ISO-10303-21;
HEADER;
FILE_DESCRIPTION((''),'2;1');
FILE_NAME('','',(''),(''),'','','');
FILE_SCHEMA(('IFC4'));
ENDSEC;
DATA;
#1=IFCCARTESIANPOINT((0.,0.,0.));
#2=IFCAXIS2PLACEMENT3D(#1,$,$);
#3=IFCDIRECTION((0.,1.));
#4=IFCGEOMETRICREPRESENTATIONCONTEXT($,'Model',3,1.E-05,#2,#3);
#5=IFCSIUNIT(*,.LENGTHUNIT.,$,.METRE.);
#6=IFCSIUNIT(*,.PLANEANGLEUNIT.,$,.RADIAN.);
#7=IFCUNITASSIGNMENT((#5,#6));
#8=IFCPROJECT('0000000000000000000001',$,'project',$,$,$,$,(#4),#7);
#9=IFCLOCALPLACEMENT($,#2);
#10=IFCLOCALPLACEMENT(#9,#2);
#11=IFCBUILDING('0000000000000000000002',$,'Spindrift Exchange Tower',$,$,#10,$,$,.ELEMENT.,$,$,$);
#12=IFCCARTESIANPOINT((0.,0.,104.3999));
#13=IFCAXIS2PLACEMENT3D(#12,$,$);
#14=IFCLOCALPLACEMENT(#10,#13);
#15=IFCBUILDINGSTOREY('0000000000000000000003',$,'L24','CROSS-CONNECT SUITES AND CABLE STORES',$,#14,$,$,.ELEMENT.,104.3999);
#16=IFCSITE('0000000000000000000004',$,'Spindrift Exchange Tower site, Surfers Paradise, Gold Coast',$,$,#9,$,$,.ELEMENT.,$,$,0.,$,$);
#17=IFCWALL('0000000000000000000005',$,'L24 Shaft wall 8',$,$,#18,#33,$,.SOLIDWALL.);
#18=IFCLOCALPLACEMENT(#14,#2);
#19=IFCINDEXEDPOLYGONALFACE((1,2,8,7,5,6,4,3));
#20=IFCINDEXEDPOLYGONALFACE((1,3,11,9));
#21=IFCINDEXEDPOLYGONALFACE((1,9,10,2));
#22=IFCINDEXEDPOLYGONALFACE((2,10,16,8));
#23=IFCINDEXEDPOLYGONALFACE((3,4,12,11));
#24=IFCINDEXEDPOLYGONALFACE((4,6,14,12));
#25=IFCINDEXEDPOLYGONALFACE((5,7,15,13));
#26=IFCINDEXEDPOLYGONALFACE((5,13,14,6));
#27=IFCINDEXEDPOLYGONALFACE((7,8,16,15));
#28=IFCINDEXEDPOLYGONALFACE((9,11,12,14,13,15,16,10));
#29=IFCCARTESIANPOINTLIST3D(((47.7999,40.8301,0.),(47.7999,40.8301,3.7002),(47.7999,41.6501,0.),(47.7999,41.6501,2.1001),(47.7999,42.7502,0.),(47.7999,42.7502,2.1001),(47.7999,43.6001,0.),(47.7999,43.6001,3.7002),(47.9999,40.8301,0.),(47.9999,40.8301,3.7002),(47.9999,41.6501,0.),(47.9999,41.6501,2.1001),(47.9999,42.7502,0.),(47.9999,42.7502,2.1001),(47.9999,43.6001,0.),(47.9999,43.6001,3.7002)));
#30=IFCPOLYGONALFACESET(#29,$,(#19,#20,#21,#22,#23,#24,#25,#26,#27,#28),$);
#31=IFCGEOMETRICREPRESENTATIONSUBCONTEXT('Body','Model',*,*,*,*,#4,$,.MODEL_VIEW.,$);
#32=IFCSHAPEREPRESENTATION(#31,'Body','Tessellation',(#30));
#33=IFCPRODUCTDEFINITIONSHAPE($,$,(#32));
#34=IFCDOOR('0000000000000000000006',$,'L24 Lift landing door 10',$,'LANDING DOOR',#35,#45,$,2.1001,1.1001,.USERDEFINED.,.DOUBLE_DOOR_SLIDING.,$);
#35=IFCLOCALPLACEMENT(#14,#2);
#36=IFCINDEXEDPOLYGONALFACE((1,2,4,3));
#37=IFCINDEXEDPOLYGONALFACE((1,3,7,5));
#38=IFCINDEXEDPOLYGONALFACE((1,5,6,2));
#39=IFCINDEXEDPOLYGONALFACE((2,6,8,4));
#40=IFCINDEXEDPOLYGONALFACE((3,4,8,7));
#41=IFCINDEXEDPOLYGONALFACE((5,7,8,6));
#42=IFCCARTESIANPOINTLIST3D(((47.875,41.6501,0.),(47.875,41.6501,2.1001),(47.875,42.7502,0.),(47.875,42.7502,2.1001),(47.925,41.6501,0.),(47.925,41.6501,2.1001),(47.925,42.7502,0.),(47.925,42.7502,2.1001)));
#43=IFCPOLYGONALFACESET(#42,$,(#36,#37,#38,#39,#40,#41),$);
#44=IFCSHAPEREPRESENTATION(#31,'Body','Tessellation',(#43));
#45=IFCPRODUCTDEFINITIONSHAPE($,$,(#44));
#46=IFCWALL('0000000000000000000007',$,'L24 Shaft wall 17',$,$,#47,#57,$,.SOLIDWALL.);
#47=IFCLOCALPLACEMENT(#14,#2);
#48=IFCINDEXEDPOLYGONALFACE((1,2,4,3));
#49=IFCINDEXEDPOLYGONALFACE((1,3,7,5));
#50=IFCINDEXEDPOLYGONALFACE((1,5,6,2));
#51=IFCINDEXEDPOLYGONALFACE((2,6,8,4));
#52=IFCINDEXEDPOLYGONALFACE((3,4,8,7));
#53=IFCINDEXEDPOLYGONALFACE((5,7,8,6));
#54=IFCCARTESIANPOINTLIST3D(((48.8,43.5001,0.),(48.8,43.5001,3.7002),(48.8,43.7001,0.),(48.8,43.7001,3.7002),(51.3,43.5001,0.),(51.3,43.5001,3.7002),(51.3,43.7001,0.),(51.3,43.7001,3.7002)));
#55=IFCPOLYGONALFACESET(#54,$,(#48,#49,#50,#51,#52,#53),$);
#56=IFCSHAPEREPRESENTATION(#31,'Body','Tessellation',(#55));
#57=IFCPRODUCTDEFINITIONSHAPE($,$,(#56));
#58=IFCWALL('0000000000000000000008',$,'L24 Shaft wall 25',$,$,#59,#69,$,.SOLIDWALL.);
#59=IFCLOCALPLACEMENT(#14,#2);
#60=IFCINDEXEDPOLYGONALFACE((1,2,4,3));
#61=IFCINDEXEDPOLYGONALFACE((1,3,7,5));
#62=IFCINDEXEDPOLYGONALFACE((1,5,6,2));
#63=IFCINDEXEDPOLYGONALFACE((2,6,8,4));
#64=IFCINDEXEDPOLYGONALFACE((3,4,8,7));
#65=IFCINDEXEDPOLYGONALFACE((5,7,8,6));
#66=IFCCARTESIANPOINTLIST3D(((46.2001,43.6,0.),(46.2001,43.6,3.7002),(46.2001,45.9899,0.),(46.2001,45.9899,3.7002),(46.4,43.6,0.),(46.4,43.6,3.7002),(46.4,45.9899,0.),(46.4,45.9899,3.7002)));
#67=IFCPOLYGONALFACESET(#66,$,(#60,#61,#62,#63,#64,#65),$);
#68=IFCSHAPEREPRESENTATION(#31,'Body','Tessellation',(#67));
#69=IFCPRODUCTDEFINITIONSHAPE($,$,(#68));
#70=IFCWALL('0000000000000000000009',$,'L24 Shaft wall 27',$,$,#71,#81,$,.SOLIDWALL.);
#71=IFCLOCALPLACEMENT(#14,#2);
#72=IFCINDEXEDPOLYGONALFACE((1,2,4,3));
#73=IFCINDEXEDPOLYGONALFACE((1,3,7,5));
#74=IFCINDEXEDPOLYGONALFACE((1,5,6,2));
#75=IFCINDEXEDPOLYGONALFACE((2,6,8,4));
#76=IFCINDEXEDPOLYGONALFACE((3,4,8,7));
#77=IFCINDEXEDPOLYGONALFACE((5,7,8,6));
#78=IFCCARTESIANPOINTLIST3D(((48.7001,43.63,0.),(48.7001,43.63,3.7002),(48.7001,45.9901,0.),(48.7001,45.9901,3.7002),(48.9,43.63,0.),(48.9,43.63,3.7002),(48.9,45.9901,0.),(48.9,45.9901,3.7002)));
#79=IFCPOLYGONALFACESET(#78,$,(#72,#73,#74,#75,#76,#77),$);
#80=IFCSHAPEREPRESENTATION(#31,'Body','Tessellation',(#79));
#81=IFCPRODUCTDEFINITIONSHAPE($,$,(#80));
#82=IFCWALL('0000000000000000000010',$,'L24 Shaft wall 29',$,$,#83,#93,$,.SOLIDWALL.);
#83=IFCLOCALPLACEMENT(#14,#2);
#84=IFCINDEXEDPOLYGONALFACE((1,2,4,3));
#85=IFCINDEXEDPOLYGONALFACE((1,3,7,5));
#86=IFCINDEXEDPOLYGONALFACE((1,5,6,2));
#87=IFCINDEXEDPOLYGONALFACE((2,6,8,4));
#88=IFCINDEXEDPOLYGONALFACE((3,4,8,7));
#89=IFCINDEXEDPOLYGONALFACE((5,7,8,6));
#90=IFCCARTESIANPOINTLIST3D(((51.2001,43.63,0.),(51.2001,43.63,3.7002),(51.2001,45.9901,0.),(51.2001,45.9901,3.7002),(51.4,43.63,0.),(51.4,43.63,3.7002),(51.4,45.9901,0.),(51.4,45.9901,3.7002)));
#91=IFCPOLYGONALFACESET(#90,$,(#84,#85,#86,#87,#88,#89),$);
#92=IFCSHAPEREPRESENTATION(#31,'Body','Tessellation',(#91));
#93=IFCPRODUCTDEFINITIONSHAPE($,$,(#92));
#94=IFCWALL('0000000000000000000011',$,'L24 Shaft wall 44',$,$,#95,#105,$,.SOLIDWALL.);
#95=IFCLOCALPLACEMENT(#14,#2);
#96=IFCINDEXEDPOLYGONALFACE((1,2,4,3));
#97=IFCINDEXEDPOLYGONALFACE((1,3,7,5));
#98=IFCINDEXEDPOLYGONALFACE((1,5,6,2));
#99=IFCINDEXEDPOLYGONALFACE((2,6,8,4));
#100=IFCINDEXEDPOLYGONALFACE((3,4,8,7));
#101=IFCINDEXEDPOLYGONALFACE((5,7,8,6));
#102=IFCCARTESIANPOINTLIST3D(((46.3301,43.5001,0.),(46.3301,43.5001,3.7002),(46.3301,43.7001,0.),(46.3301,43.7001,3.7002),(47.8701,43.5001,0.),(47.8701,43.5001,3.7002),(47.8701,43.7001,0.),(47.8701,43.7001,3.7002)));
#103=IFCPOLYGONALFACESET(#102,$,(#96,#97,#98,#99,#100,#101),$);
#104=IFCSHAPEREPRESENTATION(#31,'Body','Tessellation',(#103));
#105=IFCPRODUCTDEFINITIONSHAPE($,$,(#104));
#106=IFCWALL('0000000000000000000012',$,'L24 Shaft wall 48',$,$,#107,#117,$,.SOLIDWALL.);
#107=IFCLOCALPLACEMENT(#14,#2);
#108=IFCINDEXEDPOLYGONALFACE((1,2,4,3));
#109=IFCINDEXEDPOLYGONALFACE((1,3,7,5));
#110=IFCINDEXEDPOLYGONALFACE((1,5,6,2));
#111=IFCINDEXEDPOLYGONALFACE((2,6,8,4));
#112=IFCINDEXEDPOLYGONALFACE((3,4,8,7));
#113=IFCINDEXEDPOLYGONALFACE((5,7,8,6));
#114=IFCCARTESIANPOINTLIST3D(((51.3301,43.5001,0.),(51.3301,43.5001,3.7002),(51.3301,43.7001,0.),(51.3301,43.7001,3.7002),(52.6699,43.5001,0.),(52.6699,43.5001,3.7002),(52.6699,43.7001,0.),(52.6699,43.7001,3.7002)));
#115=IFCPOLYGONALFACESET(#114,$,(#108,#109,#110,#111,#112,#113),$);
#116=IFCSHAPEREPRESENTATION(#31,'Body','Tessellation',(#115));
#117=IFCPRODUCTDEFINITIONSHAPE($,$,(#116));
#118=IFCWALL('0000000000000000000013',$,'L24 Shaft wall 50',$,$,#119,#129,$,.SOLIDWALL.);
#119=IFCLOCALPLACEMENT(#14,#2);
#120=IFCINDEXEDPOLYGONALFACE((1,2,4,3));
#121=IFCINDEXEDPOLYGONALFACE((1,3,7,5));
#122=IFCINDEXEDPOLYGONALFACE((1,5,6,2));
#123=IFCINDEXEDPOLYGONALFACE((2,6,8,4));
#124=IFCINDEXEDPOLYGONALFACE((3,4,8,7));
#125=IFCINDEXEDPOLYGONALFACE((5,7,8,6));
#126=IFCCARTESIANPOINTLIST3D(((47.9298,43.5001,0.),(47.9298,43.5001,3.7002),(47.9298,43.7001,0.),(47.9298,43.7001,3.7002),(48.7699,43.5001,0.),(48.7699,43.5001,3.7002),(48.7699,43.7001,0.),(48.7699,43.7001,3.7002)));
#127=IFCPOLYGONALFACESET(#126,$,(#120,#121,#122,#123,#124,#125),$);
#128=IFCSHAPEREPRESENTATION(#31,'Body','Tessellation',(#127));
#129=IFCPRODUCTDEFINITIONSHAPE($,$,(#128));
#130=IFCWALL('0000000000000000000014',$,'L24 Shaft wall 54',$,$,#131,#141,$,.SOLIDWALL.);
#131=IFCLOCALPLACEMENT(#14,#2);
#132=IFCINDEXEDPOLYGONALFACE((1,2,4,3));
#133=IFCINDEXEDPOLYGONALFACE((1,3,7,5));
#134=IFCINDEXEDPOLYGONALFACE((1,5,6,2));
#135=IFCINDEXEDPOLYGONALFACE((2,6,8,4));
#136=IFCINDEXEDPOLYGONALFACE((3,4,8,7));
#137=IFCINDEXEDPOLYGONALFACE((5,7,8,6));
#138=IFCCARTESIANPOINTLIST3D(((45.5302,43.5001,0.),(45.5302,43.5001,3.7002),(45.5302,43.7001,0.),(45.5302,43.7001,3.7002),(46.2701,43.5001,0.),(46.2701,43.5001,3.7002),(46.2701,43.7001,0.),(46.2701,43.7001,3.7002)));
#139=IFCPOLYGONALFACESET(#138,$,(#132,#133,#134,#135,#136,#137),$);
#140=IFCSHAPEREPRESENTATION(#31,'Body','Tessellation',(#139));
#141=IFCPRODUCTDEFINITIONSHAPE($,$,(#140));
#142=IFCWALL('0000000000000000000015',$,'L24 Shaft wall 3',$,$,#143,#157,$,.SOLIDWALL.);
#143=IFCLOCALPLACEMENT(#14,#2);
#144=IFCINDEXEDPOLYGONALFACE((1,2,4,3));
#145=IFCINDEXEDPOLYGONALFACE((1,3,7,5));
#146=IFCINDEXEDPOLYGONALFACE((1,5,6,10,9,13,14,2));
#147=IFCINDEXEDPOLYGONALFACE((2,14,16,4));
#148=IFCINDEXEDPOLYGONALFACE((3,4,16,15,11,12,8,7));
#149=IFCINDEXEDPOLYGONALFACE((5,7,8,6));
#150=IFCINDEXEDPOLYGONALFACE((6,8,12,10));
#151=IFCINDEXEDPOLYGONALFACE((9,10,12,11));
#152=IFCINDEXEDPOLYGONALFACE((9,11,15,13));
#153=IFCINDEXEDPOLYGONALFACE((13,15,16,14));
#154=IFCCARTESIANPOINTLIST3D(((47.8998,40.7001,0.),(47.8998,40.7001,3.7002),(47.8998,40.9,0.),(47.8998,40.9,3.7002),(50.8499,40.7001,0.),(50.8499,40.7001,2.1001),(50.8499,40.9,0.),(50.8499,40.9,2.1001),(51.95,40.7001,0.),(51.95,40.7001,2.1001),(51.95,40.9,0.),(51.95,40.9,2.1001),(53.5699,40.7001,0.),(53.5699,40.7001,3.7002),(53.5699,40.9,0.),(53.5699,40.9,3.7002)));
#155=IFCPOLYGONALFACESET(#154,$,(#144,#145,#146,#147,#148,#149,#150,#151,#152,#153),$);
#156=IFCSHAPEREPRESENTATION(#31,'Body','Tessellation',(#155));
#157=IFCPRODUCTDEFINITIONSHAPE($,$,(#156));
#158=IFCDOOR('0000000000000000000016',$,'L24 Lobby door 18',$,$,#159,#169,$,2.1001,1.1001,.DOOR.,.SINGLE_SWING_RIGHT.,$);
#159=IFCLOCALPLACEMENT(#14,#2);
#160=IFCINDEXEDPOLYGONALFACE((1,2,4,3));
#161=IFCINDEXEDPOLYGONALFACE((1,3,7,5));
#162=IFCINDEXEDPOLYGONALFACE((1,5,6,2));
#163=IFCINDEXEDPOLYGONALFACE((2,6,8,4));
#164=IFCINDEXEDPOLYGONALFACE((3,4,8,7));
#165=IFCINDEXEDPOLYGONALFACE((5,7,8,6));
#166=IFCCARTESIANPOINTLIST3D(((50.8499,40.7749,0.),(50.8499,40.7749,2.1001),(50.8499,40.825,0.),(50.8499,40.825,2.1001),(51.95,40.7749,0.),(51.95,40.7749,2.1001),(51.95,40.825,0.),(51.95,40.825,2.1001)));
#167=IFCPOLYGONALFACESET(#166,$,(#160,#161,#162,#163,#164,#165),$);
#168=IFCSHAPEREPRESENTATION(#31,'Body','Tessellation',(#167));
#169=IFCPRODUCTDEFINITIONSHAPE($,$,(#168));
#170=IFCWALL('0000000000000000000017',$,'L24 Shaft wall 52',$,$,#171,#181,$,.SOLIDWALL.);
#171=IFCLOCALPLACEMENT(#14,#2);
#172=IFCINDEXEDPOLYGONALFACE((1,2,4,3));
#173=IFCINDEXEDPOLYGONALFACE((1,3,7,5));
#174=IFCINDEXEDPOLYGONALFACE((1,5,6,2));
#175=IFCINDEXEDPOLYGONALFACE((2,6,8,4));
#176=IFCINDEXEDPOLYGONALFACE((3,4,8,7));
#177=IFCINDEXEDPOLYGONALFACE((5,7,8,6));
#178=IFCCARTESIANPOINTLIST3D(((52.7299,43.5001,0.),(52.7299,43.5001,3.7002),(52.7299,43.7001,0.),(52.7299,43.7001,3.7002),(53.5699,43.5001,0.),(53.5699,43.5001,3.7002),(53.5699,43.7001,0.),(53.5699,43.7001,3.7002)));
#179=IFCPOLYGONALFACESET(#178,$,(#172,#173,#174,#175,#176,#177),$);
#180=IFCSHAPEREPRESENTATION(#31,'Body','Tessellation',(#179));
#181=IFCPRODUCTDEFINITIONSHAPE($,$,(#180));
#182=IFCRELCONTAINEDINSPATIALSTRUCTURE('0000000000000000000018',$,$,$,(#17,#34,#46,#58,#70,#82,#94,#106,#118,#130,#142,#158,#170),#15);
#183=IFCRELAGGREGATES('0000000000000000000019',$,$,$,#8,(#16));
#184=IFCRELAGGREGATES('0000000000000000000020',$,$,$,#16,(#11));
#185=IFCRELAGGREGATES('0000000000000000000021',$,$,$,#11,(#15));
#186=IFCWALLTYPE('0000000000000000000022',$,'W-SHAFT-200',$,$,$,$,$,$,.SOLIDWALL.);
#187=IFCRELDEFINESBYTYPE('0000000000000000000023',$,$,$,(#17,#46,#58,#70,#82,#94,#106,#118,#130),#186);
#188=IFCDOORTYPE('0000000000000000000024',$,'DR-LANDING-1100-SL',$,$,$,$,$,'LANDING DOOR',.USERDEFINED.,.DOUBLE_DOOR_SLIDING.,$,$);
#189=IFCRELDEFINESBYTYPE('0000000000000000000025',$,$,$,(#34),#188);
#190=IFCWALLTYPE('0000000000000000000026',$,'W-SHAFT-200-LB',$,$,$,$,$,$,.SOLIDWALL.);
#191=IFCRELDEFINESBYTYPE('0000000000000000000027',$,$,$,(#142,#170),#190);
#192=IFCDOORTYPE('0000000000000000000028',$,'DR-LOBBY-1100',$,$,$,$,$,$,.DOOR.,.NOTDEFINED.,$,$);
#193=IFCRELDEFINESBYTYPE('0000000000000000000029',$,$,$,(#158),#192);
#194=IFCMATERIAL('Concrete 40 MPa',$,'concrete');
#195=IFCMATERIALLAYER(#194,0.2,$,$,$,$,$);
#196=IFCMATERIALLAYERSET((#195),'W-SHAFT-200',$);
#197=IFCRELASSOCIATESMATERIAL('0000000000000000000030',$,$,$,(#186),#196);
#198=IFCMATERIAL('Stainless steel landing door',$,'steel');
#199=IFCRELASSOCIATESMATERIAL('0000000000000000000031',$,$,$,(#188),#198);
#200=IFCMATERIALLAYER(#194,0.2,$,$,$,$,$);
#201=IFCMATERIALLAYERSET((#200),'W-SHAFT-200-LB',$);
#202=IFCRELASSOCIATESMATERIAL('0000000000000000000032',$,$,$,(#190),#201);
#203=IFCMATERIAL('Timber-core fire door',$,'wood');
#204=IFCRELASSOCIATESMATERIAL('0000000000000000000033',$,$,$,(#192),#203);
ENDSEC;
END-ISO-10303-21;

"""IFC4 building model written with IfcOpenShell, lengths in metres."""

from ifc_helpers import new_model, si_unit, direction, frame, frame_2d, origin, place, context, subcontext, project, spatial, rectangle, extrude, source, transform, mapped, material, layer, layer_set, type_object, element, fill, save


model = new_model("IFC4")

# Units and contexts
model_context = context("Model", 3, precision=1e-05, world=origin(), true_north=direction((0.0, 1.0)))
body_context = subcontext(model_context, "Body", "Model", "MODEL_VIEW")
ifc_project = project(units=[si_unit("LENGTHUNIT", "METRE"), si_unit("PLANEANGLEUNIT", "RADIAN")], contexts=[model_context])

# Site, building, storey
site_placement = place(None, origin())
site = spatial("IfcSite", under=ifc_project, at=site_placement, Name="Spindrift Exchange Tower site, Surfers Paradise, Gold Coast", CompositionType="ELEMENT", RefElevation=0.0)
building_placement = place(site_placement, origin())
building = spatial("IfcBuilding", under=site, at=building_placement, Name="Spindrift Exchange Tower", CompositionType="ELEMENT")
storey_placement = place(building_placement, frame((0.0, 0.0, 104.3999)))
storey = spatial("IfcBuildingStorey", under=building, at=storey_placement, Name="L24", Description="CROSS-CONNECT SUITES AND CABLE STORES", CompositionType="ELEMENT", Elevation=104.3999)

# Wall, opening, door
ifc_material_1 = material(Name="Concrete 40 MPa", Category="concrete")
ifc_layer_1 = layer(ifc_material_1, 0.2)
ifc_layer_set_1 = layer_set([ifc_layer_1], Name="W-SHAFT-200")
wall_type_1 = type_object("IfcWallType", Name="W-SHAFT-200", PredefinedType="SOLIDWALL", material=ifc_layer_set_1)
wall_1_placement = place(storey_placement, frame((47.8999, 40.8301, 0.0), z_axis=(0.0, 0.0, 1.0), x_axis=(0.0, 1.0, 0.0)))
wall_1 = element("IfcWall", 1, at=wall_1_placement, inside=storey, type_object=wall_type_1, Name="L24 Shaft wall 8", PredefinedType="SOLIDWALL", context=body_context, shape_type="SweptSolid", body=[
    extrude(rectangle(XDim=2.77, YDim=0.2, at=frame_2d((1.385, 0.0))), origin(), (0.0, 0.0, 1.0), 3.7002),
])
opening_1_placement = place(wall_1_placement, frame((0.8201, 0.0, 0.0)))
opening_1 = element("IfcOpeningElement", 2, at=opening_1_placement, cuts=wall_1, PredefinedType="OPENING", context=body_context, shape_type="SweptSolid", body=[
    extrude(rectangle(XDim=1.1001, YDim=2.1001, at=frame_2d((0.55, 1.05))), frame((0.0, 0.1099, 0.0), z_axis=(0.0, -1.0, 0.0), x_axis=(1.0, 0.0, 0.0)), (0.0, 0.0, 1.0), 0.22),
])
ifc_material_2 = material(Name="Stainless steel landing door", Category="steel")
door_type_1 = type_object("IfcDoorType", Name="DR-LANDING-1100-SL", ElementType="LANDING DOOR", OperationType="DOUBLE_DOOR_SLIDING", PredefinedType="USERDEFINED", material=ifc_material_2)
shared_shape_1 = source(origin(), body_context, "Body", "SweptSolid", [
    extrude(rectangle(XDim=1.1001, YDim=2.1001, at=frame_2d((0.55, 1.05))), frame((0.0, 0.0249, 0.0), z_axis=(0.0, -1.0, 0.0), x_axis=(1.0, 0.0, 0.0)), (0.0, 0.0, 1.0), 0.05),
])
door_1_placement = place(opening_1_placement, origin())
door_1 = element("IfcDoor", 3, at=door_1_placement, inside=storey, type_object=door_type_1, Name="L24 Lift landing door 10", ObjectType="LANDING DOOR", OperationType="DOUBLE_DOOR_SLIDING", OverallHeight=2.1001, OverallWidth=1.1001, PredefinedType="USERDEFINED", context=body_context, shape_type="MappedRepresentation", body=[
    mapped(shared_shape_1, transform((0.0, 0.0, 0.0), scale=1.0)),
])
fill(opening_1, door_1)

# Walls
wall_2_placement = place(storey_placement, frame((48.8, 43.6001, 0.0), z_axis=(0.0, 0.0, 1.0), x_axis=(1.0, 0.0, 0.0)))
element("IfcWall", 4, at=wall_2_placement, inside=storey, type_object=wall_type_1, Name="L24 Shaft wall 17", PredefinedType="SOLIDWALL", context=body_context, shape_type="SweptSolid", body=[
    extrude(rectangle(XDim=2.5, YDim=0.2, at=frame_2d((1.25, 0.0))), origin(), (0.0, 0.0, 1.0), 3.7002),
])
wall_3_placement = place(storey_placement, frame((46.3, 43.6001, 0.0), z_axis=(0.0, 0.0, 1.0), x_axis=(0.0, 1.0, 0.0)))
element("IfcWall", 5, at=wall_3_placement, inside=storey, type_object=wall_type_1, Name="L24 Shaft wall 25", PredefinedType="SOLIDWALL", context=body_context, shape_type="SweptSolid", body=[
    extrude(rectangle(XDim=2.3899, YDim=0.2, at=frame_2d((1.1948, 0.0))), origin(), (0.0, 0.0, 1.0), 3.7002),
])
for number, where, z_axis, x_axis, name in (
    (6, (48.8, 43.6299, 0.0), (0.0, 0.0, 1.0), (0.0, 1.0, 0.0), "L24 Shaft wall 27"),
    (7, (51.3, 43.6299, 0.0), (0.0, 0.0, 1.0), (0.0, 1.0, 0.0), "L24 Shaft wall 29"),
):
    element("IfcWall", number, at=place(storey_placement, frame(where, z_axis=z_axis, x_axis=x_axis)), inside=storey, type_object=wall_type_1, Name=name, PredefinedType="SOLIDWALL", context=body_context, shape_type="SweptSolid", body=[
        extrude(rectangle(XDim=2.3601, YDim=0.2, at=frame_2d((1.1802, 0.0))), origin(), (0.0, 0.0, 1.0), 3.7002),
    ])
wall_4_placement = place(storey_placement, frame((46.3301, 43.6001, 0.0), z_axis=(0.0, 0.0, 1.0), x_axis=(1.0, 0.0, 0.0)))
element("IfcWall", 8, at=wall_4_placement, inside=storey, type_object=wall_type_1, Name="L24 Shaft wall 44", PredefinedType="SOLIDWALL", context=body_context, shape_type="SweptSolid", body=[
    extrude(rectangle(XDim=1.54, YDim=0.2, at=frame_2d((0.77, 0.0))), origin(), (0.0, 0.0, 1.0), 3.7002),
])
wall_5_placement = place(storey_placement, frame((52.6699, 43.6001, 0.0), z_axis=(0.0, 0.0, 1.0), x_axis=(-1.0, 0.0, 0.0)))
element("IfcWall", 9, at=wall_5_placement, inside=storey, type_object=wall_type_1, Name="L24 Shaft wall 48", PredefinedType="SOLIDWALL", context=body_context, shape_type="SweptSolid", body=[
    extrude(rectangle(XDim=1.3398, YDim=0.2, at=frame_2d((0.6699, 0.0))), origin(), (0.0, 0.0, 1.0), 3.7002),
])
wall_6_placement = place(storey_placement, frame((47.9299, 43.6001, 0.0), z_axis=(0.0, 0.0, 1.0), x_axis=(1.0, 0.0, 0.0)))
element("IfcWall", 10, at=wall_6_placement, inside=storey, type_object=wall_type_1, Name="L24 Shaft wall 50", PredefinedType="SOLIDWALL", context=body_context, shape_type="SweptSolid", body=[
    extrude(rectangle(XDim=0.8401, YDim=0.2, at=frame_2d((0.4199, 0.0))), origin(), (0.0, 0.0, 1.0), 3.7002),
])
wall_7_placement = place(storey_placement, frame((45.53, 43.6001, 0.0), z_axis=(0.0, 0.0, 1.0), x_axis=(1.0, 0.0, 0.0)))
element("IfcWall", 11, at=wall_7_placement, inside=storey, type_object=wall_type_1, Name="L24 Shaft wall 54", PredefinedType="SOLIDWALL", context=body_context, shape_type="SweptSolid", body=[
    extrude(rectangle(XDim=0.74, YDim=0.2, at=frame_2d((0.3701, 0.0))), origin(), (0.0, 0.0, 1.0), 3.7002),
])

# Wall, opening, door
ifc_layer_2 = layer(ifc_material_1, 0.2)
ifc_layer_set_2 = layer_set([ifc_layer_2], Name="W-SHAFT-200-LB")
wall_type_2 = type_object("IfcWallType", Name="W-SHAFT-200-LB", PredefinedType="SOLIDWALL", material=ifc_layer_set_2)
wall_8_placement = place(storey_placement, frame((47.8999, 40.8, 0.0), z_axis=(0.0, 0.0, 1.0), x_axis=(1.0, 0.0, 0.0)))
wall_8 = element("IfcWall", 12, at=wall_8_placement, inside=storey, type_object=wall_type_2, Name="L24 Shaft wall 3", PredefinedType="SOLIDWALL", context=body_context, shape_type="SweptSolid", body=[
    extrude(rectangle(XDim=5.6702, YDim=0.2, at=frame_2d((2.835, 0.0))), origin(), (0.0, 0.0, 1.0), 3.7002),
])
opening_2_placement = place(wall_8_placement, frame((2.95, 0.0, 0.0)))
opening_2 = element("IfcOpeningElement", 13, at=opening_2_placement, cuts=wall_8, PredefinedType="OPENING", context=body_context, shape_type="SweptSolid", body=[
    extrude(rectangle(XDim=1.1001, YDim=2.1001, at=frame_2d((0.55, 1.05))), frame((0.0, 0.1099, 0.0), z_axis=(0.0, -1.0, 0.0), x_axis=(1.0, 0.0, 0.0)), (0.0, 0.0, 1.0), 0.22),
])
ifc_material_3 = material(Name="Timber-core fire door", Category="wood")
door_type_2 = type_object("IfcDoorType", Name="DR-LOBBY-1100", OperationType="NOTDEFINED", PredefinedType="DOOR", material=ifc_material_3)
shared_shape_2 = source(origin(), body_context, "Body", "SweptSolid", [
    extrude(rectangle(XDim=1.1001, YDim=2.1001, at=frame_2d((0.55, 1.05))), frame((0.0, 0.0249, 0.0), z_axis=(0.0, -1.0, 0.0), x_axis=(1.0, 0.0, 0.0)), (0.0, 0.0, 1.0), 0.05),
])
door_2_placement = place(opening_2_placement, origin())
door_2 = element("IfcDoor", 14, at=door_2_placement, inside=storey, type_object=door_type_2, Name="L24 Lobby door 18", OperationType="SINGLE_SWING_RIGHT", OverallHeight=2.1001, OverallWidth=1.1001, PredefinedType="DOOR", context=body_context, shape_type="MappedRepresentation", body=[
    mapped(shared_shape_2, transform((0.0, 0.0, 0.0), scale=1.0)),
])
fill(opening_2, door_2)

# Wall
wall_9_placement = place(storey_placement, frame((52.73, 43.6001, 0.0), z_axis=(0.0, 0.0, 1.0), x_axis=(1.0, 0.0, 0.0)))
element("IfcWall", 15, at=wall_9_placement, inside=storey, type_object=wall_type_2, Name="L24 Shaft wall 52", PredefinedType="SOLIDWALL", context=body_context, shape_type="SweptSolid", body=[
    extrude(rectangle(XDim=0.8401, YDim=0.2, at=frame_2d((0.4199, 0.0))), origin(), (0.0, 0.0, 1.0), 3.7002),
])

save(model, "model.ifc")
